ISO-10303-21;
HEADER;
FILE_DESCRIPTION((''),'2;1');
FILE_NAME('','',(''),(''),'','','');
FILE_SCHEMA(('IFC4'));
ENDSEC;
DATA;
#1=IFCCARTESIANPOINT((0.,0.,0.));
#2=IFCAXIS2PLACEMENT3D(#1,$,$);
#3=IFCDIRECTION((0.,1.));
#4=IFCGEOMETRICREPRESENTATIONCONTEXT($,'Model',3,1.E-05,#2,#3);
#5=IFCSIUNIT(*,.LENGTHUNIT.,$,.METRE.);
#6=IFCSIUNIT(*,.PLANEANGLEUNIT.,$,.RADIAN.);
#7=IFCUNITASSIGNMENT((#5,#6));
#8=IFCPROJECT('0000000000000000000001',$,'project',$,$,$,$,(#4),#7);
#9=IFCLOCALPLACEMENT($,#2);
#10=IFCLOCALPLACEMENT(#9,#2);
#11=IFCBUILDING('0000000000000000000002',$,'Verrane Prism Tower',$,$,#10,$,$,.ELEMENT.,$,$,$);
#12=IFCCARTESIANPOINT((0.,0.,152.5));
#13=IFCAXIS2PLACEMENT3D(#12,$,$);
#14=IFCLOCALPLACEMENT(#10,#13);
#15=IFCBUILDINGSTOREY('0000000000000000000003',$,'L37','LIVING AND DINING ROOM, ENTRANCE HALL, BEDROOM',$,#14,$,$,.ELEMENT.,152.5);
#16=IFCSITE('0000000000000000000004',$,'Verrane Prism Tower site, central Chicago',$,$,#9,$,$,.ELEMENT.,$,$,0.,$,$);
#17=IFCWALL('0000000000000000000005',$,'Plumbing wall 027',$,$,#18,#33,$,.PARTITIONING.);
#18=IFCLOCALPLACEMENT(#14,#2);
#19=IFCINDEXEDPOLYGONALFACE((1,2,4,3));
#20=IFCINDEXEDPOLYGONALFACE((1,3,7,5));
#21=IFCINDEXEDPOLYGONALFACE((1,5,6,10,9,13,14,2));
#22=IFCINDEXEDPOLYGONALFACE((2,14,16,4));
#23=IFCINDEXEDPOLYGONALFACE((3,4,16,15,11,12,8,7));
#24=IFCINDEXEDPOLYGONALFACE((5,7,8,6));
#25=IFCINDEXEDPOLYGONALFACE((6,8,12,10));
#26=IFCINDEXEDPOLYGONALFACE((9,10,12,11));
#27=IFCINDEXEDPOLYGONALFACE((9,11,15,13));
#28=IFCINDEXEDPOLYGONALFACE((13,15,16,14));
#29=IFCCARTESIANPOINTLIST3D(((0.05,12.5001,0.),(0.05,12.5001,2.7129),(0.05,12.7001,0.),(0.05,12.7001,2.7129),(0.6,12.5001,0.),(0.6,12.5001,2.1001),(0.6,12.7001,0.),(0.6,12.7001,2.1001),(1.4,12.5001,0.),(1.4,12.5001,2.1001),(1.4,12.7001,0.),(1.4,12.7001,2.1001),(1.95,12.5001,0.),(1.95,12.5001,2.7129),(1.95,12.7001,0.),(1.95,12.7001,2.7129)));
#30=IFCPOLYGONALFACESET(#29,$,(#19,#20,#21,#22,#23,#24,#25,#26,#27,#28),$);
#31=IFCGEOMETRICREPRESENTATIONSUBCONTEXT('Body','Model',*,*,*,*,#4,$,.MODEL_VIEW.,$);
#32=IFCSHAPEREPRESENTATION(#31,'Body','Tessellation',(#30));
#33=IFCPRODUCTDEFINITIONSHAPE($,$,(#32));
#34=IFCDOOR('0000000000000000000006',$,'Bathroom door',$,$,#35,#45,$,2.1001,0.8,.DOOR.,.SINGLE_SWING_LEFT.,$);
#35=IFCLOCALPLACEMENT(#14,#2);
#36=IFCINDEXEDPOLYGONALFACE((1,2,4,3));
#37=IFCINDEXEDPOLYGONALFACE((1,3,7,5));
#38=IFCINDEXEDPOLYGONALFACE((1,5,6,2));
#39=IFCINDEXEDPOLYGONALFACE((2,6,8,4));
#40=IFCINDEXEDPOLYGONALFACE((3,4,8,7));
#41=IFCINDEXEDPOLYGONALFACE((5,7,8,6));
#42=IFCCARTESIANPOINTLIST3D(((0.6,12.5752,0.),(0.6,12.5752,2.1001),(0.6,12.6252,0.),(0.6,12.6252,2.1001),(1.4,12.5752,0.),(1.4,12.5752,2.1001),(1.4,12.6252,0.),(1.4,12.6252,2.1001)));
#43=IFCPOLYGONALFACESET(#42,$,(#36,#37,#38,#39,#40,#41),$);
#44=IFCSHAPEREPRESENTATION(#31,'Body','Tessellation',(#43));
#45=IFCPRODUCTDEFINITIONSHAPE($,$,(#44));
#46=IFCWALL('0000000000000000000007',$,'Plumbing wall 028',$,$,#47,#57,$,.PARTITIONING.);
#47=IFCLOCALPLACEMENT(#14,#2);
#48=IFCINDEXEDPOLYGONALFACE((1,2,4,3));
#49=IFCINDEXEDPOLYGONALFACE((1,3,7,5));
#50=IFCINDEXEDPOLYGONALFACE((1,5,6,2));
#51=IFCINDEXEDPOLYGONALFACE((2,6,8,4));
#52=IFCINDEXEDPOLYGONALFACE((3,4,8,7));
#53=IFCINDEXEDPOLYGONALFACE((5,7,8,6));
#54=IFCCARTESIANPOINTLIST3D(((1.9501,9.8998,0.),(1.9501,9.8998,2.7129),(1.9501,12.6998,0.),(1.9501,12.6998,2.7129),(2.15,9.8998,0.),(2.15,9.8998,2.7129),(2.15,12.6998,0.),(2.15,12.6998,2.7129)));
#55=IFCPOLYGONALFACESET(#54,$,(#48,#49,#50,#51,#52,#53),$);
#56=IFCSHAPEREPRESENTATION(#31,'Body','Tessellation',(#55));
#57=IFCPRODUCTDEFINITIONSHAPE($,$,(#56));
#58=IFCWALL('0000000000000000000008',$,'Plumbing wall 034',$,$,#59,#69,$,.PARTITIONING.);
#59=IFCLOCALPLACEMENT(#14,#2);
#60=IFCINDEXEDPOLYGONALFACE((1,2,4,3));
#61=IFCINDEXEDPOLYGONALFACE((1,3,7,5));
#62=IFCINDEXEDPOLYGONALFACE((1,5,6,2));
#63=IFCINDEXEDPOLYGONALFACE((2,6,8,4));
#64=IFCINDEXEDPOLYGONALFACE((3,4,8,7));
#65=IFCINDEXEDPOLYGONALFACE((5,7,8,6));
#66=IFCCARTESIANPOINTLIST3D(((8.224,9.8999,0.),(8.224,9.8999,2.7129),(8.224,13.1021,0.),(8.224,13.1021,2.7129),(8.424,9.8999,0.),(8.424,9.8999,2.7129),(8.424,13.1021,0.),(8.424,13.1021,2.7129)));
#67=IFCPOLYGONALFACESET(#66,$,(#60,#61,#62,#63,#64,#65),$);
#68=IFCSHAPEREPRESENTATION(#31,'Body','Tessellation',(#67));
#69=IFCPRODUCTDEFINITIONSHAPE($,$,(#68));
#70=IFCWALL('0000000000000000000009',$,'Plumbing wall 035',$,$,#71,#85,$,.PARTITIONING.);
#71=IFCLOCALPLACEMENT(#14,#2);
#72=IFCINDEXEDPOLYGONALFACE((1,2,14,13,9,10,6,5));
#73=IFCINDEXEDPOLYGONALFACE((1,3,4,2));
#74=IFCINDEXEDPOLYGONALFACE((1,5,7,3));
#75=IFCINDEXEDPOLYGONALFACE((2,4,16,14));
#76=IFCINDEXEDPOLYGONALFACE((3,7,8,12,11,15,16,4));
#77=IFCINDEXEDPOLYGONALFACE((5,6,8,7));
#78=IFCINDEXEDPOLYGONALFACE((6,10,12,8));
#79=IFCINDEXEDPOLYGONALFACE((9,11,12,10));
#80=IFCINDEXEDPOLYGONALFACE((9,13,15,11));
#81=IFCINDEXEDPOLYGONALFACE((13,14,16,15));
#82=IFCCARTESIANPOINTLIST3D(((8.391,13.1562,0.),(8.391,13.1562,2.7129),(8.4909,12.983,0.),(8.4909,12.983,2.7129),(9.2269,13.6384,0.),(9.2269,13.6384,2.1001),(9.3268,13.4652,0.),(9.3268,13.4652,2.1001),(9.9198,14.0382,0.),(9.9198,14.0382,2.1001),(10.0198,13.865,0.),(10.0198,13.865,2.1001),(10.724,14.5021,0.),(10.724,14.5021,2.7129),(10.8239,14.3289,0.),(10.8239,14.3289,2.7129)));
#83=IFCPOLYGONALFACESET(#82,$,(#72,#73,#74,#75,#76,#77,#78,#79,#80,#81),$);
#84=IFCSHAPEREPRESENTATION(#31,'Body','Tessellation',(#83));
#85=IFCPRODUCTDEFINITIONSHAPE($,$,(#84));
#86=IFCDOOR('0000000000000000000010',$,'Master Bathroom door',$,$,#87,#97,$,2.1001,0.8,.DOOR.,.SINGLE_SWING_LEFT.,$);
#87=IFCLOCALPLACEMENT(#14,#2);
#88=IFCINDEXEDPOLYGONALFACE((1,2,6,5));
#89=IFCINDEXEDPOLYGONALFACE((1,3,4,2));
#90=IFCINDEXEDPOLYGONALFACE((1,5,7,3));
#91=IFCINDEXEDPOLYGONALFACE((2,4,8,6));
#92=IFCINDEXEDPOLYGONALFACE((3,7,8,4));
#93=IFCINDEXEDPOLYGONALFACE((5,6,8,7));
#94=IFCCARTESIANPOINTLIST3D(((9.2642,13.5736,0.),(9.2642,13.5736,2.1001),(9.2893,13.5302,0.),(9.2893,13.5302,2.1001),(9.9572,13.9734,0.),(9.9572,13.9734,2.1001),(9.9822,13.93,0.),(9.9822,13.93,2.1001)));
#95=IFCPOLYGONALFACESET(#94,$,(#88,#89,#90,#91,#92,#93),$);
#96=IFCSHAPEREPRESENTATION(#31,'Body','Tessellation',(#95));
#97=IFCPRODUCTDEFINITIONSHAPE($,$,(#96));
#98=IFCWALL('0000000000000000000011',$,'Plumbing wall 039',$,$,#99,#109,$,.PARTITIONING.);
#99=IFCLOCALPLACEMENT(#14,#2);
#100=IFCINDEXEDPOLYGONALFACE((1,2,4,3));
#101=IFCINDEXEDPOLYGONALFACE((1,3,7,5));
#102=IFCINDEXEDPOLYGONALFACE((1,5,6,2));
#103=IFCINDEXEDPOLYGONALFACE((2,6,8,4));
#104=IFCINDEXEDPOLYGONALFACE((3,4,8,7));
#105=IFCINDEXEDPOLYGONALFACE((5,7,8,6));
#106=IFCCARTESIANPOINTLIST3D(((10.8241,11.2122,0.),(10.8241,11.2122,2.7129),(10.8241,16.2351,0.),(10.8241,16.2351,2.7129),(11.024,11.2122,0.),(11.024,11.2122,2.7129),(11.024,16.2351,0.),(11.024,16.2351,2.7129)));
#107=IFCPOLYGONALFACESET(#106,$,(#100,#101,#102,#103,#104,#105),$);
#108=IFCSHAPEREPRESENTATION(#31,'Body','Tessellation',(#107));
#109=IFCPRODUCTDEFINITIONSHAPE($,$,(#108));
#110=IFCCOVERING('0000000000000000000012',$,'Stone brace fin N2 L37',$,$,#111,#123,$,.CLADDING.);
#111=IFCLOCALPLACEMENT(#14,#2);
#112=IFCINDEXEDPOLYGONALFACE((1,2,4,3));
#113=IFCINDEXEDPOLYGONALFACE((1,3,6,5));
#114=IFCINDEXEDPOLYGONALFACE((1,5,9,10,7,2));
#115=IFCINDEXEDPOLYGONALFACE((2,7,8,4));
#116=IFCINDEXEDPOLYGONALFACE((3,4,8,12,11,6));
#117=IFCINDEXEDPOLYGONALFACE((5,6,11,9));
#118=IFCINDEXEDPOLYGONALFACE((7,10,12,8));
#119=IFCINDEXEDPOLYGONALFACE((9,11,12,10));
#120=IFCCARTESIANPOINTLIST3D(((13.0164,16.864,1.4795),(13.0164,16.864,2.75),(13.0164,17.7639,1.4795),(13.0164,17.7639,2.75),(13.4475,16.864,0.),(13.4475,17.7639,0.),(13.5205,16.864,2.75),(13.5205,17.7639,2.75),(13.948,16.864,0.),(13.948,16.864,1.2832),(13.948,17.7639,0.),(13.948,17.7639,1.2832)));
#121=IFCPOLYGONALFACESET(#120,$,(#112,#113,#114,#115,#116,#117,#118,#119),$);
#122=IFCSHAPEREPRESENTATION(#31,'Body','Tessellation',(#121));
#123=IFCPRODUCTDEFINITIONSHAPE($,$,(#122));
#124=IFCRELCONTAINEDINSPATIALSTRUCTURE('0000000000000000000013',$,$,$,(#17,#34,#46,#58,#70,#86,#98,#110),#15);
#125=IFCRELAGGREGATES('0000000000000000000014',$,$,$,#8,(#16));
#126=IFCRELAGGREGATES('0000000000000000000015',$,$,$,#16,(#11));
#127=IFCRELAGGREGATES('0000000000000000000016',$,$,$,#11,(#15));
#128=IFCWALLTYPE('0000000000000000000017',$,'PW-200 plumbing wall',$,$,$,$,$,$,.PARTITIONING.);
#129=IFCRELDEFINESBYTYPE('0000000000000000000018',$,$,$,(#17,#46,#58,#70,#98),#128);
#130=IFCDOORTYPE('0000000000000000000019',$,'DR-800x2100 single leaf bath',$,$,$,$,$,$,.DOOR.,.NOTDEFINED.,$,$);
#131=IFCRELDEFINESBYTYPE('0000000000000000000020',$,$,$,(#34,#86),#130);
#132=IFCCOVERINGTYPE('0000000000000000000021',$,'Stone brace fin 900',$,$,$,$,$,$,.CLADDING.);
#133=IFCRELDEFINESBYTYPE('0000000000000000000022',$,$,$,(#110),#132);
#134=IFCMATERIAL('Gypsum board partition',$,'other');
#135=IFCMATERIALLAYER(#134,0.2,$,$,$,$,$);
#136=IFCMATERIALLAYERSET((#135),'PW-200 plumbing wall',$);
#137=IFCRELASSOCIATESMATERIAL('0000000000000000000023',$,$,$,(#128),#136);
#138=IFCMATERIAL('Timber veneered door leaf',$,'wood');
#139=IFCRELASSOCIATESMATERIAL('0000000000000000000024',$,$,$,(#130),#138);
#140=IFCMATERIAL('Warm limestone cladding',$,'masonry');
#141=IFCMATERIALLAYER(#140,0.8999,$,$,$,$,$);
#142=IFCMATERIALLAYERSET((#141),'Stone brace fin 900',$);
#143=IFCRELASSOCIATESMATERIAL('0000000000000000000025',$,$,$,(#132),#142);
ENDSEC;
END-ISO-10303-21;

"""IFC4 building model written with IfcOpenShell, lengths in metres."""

from ifc_helpers import new_model, si_unit, direction, frame, frame_2d, origin, place, context, subcontext, project, spatial, polyline, rectangle, outline, extrude, material, layer, layer_set, type_object, element, fill, save


model = new_model("IFC4")

# Units and contexts
model_context = context("Model", 3, precision=1e-05, world=origin(), true_north=direction((0.0, 1.0)))
body_context = subcontext(model_context, "Body", "Model", "MODEL_VIEW")
ifc_project = project(units=[si_unit("LENGTHUNIT", "METRE"), si_unit("PLANEANGLEUNIT", "RADIAN")], contexts=[model_context])

# Site, building, storey
site_placement = place(None, origin())
site = spatial("IfcSite", under=ifc_project, at=site_placement, Name="Verrane Prism Tower site, central Chicago", CompositionType="ELEMENT", RefElevation=0.0)
building_placement = place(site_placement, origin())
building = spatial("IfcBuilding", under=site, at=building_placement, Name="Verrane Prism Tower", CompositionType="ELEMENT")
storey_placement = place(building_placement, frame((0.0, 0.0, 152.5)))
storey = spatial("IfcBuildingStorey", under=building, at=storey_placement, Name="L37", Description="LIVING AND DINING ROOM, ENTRANCE HALL, BEDROOM", CompositionType="ELEMENT", Elevation=152.5)

# Wall, opening, door
ifc_material_1 = material(Name="Gypsum board partition", Category="other")
ifc_layer_1 = layer(ifc_material_1, 0.2)
ifc_layer_set_1 = layer_set([ifc_layer_1], Name="PW-200 plumbing wall")
wall_type_1 = type_object("IfcWallType", Name="PW-200 plumbing wall", PredefinedType="PARTITIONING", material=ifc_layer_set_1)
wall_1_placement = place(storey_placement, frame((1.95, 12.6001, 0.0), z_axis=(0.0, 0.0, 1.0), x_axis=(-1.0, 0.0, 0.0)))
wall_1 = element("IfcWall", 1, at=wall_1_placement, inside=storey, type_object=wall_type_1, Name="Plumbing wall 027", PredefinedType="PARTITIONING", context=body_context, shape_type="SweptSolid", body=[
    extrude(rectangle(XDim=1.8999, YDim=0.2, at=frame_2d((0.95, 0.0))), origin(), (0.0, 0.0, 1.0), 2.7129),
])
opening_1_placement = place(wall_1_placement, frame((0.55, 0.0, 0.0)))
opening_1 = element("IfcOpeningElement", 2, at=opening_1_placement, cuts=wall_1, PredefinedType="OPENING", context=body_context, shape_type="SweptSolid", body=[
    extrude(rectangle(XDim=0.8, YDim=2.1001, at=frame_2d((0.3999, 1.05))), frame((0.0, 0.1099, 0.0), z_axis=(0.0, -1.0, 0.0), x_axis=(1.0, 0.0, 0.0)), (0.0, 0.0, 1.0), 0.22),
])
ifc_material_2 = material(Name="Timber veneered door leaf", Category="wood")
door_type = type_object("IfcDoorType", Name="DR-800x2100 single leaf bath", OperationType="NOTDEFINED", PredefinedType="DOOR", material=ifc_material_2)
door_1_placement = place(opening_1_placement, origin())
door_1 = element("IfcDoor", 3, at=door_1_placement, inside=storey, type_object=door_type, Name="Bathroom door", OperationType="SINGLE_SWING_LEFT", OverallHeight=2.1001, OverallWidth=0.8, PredefinedType="DOOR", context=body_context, shape_type="SweptSolid", body=[
    extrude(rectangle(XDim=0.8, YDim=2.1001, at=frame_2d((0.3999, 1.05))), frame((0.0, 0.0249, 0.0), z_axis=(0.0, -1.0, 0.0), x_axis=(1.0, 0.0, 0.0)), (0.0, 0.0, 1.0), 0.05),
])
fill(opening_1, door_1)

# Walls
wall_2_placement = place(storey_placement, frame((2.05, 9.8999, 0.0), z_axis=(0.0, 0.0, 1.0), x_axis=(0.0, 1.0, 0.0)))
element("IfcWall", 4, at=wall_2_placement, inside=storey, type_object=wall_type_1, Name="Plumbing wall 028", PredefinedType="PARTITIONING", context=body_context, shape_type="SweptSolid", body=[
    extrude(rectangle(XDim=2.8, YDim=0.2, at=frame_2d((1.3999, 0.0))), origin(), (0.0, 0.0, 1.0), 2.7129),
])
wall_3_placement = place(storey_placement, frame((8.324, 9.8999, 0.0), z_axis=(0.0, 0.0, 1.0), x_axis=(0.0, 1.0, 0.0)))
element("IfcWall", 5, at=wall_3_placement, inside=storey, type_object=wall_type_1, Name="Plumbing wall 034", PredefinedType="PARTITIONING", context=body_context, shape_type="SweptSolid", body=[
    extrude(rectangle(XDim=3.2021, YDim=0.2, at=frame_2d((1.6011, 0.0))), origin(), (0.0, 0.0, 1.0), 2.7129),
])

# Wall, opening, door
wall_4_placement = place(storey_placement, frame((10.7739, 14.4155, 0.0), z_axis=(0.0, 0.0, 1.0), x_axis=(-0.866189, -0.499717, 0.0)))
wall_4 = element("IfcWall", 6, at=wall_4_placement, inside=storey, type_object=wall_type_1, Name="Plumbing wall 035", PredefinedType="PARTITIONING", context=body_context, shape_type="SweptSolid", body=[
    extrude(rectangle(XDim=2.6934, YDim=0.2, at=frame_2d((1.3467, 0.0))), origin(), (0.0, 0.0, 1.0), 2.7129),
])
opening_2_placement = place(wall_4_placement, frame((0.9285, 0.0, 0.0)))
opening_2 = element("IfcOpeningElement", 7, at=opening_2_placement, cuts=wall_4, PredefinedType="OPENING", context=body_context, shape_type="SweptSolid", body=[
    extrude(rectangle(XDim=0.8, YDim=2.1001, at=frame_2d((0.3999, 1.05))), frame((0.0, 0.1099, 0.0), z_axis=(0.0, -1.0, 0.0), x_axis=(1.0, 0.0, 0.0)), (0.0, 0.0, 1.0), 0.22),
])
door_2_placement = place(opening_2_placement, origin())
door_2 = element("IfcDoor", 8, at=door_2_placement, inside=storey, type_object=door_type, Name="Master Bathroom door", OperationType="SINGLE_SWING_LEFT", OverallHeight=2.1001, OverallWidth=0.8, PredefinedType="DOOR", context=body_context, shape_type="SweptSolid", body=[
    extrude(rectangle(XDim=0.8, YDim=2.1001, at=frame_2d((0.3999, 1.05))), frame((0.0, 0.0249, 0.0), z_axis=(0.0, -1.0, 0.0), x_axis=(1.0, 0.0, 0.0)), (0.0, 0.0, 1.0), 0.05),
])
fill(opening_2, door_2)

# Wall
wall_5_placement = place(storey_placement, frame((10.9241, 11.2122, 0.0), z_axis=(0.0, 0.0, 1.0), x_axis=(0.0, 1.0, 0.0)))
element("IfcWall", 9, at=wall_5_placement, inside=storey, type_object=wall_type_1, Name="Plumbing wall 039", PredefinedType="PARTITIONING", context=body_context, shape_type="SweptSolid", body=[
    extrude(rectangle(XDim=5.0229, YDim=0.2, at=frame_2d((2.5115, 0.0))), origin(), (0.0, 0.0, 1.0), 2.7129),
])

# Covering
ifc_material_3 = material(Name="Warm limestone cladding", Category="masonry")
ifc_layer_2 = layer(ifc_material_3, 0.8999)
ifc_layer_set_2 = layer_set([ifc_layer_2], Name="Stone brace fin 900")
covering_type = type_object("IfcCoveringType", Name="Stone brace fin 900", PredefinedType="CLADDING", material=ifc_layer_set_2)
covering_placement = place(storey_placement, frame((13.948, 17.314, 0.0), z_axis=(0.0, 0.0, 1.0), x_axis=(-1.0, 0.0, 0.0)))
element("IfcCovering", 10, at=covering_placement, inside=storey, type_object=covering_type, Name="Stone brace fin N2 L37", PredefinedType="CLADDING", context=body_context, shape_type="SweptSolid", body=[
    extrude(outline(polyline([(0.9316, 2.75), (0.4275, 2.75), (0.0, 1.2832), (0.0, 0.0), (0.5005, 0.0), (0.9316, 1.4795), (0.9316, 2.75)])), frame((0.0, 0.45, 0.0), z_axis=(0.0, -1.0, 0.0), x_axis=(1.0, 0.0, 0.0)), (0.0, 0.0, 1.0), 0.8999),
])

save(model, "model.ifc")
